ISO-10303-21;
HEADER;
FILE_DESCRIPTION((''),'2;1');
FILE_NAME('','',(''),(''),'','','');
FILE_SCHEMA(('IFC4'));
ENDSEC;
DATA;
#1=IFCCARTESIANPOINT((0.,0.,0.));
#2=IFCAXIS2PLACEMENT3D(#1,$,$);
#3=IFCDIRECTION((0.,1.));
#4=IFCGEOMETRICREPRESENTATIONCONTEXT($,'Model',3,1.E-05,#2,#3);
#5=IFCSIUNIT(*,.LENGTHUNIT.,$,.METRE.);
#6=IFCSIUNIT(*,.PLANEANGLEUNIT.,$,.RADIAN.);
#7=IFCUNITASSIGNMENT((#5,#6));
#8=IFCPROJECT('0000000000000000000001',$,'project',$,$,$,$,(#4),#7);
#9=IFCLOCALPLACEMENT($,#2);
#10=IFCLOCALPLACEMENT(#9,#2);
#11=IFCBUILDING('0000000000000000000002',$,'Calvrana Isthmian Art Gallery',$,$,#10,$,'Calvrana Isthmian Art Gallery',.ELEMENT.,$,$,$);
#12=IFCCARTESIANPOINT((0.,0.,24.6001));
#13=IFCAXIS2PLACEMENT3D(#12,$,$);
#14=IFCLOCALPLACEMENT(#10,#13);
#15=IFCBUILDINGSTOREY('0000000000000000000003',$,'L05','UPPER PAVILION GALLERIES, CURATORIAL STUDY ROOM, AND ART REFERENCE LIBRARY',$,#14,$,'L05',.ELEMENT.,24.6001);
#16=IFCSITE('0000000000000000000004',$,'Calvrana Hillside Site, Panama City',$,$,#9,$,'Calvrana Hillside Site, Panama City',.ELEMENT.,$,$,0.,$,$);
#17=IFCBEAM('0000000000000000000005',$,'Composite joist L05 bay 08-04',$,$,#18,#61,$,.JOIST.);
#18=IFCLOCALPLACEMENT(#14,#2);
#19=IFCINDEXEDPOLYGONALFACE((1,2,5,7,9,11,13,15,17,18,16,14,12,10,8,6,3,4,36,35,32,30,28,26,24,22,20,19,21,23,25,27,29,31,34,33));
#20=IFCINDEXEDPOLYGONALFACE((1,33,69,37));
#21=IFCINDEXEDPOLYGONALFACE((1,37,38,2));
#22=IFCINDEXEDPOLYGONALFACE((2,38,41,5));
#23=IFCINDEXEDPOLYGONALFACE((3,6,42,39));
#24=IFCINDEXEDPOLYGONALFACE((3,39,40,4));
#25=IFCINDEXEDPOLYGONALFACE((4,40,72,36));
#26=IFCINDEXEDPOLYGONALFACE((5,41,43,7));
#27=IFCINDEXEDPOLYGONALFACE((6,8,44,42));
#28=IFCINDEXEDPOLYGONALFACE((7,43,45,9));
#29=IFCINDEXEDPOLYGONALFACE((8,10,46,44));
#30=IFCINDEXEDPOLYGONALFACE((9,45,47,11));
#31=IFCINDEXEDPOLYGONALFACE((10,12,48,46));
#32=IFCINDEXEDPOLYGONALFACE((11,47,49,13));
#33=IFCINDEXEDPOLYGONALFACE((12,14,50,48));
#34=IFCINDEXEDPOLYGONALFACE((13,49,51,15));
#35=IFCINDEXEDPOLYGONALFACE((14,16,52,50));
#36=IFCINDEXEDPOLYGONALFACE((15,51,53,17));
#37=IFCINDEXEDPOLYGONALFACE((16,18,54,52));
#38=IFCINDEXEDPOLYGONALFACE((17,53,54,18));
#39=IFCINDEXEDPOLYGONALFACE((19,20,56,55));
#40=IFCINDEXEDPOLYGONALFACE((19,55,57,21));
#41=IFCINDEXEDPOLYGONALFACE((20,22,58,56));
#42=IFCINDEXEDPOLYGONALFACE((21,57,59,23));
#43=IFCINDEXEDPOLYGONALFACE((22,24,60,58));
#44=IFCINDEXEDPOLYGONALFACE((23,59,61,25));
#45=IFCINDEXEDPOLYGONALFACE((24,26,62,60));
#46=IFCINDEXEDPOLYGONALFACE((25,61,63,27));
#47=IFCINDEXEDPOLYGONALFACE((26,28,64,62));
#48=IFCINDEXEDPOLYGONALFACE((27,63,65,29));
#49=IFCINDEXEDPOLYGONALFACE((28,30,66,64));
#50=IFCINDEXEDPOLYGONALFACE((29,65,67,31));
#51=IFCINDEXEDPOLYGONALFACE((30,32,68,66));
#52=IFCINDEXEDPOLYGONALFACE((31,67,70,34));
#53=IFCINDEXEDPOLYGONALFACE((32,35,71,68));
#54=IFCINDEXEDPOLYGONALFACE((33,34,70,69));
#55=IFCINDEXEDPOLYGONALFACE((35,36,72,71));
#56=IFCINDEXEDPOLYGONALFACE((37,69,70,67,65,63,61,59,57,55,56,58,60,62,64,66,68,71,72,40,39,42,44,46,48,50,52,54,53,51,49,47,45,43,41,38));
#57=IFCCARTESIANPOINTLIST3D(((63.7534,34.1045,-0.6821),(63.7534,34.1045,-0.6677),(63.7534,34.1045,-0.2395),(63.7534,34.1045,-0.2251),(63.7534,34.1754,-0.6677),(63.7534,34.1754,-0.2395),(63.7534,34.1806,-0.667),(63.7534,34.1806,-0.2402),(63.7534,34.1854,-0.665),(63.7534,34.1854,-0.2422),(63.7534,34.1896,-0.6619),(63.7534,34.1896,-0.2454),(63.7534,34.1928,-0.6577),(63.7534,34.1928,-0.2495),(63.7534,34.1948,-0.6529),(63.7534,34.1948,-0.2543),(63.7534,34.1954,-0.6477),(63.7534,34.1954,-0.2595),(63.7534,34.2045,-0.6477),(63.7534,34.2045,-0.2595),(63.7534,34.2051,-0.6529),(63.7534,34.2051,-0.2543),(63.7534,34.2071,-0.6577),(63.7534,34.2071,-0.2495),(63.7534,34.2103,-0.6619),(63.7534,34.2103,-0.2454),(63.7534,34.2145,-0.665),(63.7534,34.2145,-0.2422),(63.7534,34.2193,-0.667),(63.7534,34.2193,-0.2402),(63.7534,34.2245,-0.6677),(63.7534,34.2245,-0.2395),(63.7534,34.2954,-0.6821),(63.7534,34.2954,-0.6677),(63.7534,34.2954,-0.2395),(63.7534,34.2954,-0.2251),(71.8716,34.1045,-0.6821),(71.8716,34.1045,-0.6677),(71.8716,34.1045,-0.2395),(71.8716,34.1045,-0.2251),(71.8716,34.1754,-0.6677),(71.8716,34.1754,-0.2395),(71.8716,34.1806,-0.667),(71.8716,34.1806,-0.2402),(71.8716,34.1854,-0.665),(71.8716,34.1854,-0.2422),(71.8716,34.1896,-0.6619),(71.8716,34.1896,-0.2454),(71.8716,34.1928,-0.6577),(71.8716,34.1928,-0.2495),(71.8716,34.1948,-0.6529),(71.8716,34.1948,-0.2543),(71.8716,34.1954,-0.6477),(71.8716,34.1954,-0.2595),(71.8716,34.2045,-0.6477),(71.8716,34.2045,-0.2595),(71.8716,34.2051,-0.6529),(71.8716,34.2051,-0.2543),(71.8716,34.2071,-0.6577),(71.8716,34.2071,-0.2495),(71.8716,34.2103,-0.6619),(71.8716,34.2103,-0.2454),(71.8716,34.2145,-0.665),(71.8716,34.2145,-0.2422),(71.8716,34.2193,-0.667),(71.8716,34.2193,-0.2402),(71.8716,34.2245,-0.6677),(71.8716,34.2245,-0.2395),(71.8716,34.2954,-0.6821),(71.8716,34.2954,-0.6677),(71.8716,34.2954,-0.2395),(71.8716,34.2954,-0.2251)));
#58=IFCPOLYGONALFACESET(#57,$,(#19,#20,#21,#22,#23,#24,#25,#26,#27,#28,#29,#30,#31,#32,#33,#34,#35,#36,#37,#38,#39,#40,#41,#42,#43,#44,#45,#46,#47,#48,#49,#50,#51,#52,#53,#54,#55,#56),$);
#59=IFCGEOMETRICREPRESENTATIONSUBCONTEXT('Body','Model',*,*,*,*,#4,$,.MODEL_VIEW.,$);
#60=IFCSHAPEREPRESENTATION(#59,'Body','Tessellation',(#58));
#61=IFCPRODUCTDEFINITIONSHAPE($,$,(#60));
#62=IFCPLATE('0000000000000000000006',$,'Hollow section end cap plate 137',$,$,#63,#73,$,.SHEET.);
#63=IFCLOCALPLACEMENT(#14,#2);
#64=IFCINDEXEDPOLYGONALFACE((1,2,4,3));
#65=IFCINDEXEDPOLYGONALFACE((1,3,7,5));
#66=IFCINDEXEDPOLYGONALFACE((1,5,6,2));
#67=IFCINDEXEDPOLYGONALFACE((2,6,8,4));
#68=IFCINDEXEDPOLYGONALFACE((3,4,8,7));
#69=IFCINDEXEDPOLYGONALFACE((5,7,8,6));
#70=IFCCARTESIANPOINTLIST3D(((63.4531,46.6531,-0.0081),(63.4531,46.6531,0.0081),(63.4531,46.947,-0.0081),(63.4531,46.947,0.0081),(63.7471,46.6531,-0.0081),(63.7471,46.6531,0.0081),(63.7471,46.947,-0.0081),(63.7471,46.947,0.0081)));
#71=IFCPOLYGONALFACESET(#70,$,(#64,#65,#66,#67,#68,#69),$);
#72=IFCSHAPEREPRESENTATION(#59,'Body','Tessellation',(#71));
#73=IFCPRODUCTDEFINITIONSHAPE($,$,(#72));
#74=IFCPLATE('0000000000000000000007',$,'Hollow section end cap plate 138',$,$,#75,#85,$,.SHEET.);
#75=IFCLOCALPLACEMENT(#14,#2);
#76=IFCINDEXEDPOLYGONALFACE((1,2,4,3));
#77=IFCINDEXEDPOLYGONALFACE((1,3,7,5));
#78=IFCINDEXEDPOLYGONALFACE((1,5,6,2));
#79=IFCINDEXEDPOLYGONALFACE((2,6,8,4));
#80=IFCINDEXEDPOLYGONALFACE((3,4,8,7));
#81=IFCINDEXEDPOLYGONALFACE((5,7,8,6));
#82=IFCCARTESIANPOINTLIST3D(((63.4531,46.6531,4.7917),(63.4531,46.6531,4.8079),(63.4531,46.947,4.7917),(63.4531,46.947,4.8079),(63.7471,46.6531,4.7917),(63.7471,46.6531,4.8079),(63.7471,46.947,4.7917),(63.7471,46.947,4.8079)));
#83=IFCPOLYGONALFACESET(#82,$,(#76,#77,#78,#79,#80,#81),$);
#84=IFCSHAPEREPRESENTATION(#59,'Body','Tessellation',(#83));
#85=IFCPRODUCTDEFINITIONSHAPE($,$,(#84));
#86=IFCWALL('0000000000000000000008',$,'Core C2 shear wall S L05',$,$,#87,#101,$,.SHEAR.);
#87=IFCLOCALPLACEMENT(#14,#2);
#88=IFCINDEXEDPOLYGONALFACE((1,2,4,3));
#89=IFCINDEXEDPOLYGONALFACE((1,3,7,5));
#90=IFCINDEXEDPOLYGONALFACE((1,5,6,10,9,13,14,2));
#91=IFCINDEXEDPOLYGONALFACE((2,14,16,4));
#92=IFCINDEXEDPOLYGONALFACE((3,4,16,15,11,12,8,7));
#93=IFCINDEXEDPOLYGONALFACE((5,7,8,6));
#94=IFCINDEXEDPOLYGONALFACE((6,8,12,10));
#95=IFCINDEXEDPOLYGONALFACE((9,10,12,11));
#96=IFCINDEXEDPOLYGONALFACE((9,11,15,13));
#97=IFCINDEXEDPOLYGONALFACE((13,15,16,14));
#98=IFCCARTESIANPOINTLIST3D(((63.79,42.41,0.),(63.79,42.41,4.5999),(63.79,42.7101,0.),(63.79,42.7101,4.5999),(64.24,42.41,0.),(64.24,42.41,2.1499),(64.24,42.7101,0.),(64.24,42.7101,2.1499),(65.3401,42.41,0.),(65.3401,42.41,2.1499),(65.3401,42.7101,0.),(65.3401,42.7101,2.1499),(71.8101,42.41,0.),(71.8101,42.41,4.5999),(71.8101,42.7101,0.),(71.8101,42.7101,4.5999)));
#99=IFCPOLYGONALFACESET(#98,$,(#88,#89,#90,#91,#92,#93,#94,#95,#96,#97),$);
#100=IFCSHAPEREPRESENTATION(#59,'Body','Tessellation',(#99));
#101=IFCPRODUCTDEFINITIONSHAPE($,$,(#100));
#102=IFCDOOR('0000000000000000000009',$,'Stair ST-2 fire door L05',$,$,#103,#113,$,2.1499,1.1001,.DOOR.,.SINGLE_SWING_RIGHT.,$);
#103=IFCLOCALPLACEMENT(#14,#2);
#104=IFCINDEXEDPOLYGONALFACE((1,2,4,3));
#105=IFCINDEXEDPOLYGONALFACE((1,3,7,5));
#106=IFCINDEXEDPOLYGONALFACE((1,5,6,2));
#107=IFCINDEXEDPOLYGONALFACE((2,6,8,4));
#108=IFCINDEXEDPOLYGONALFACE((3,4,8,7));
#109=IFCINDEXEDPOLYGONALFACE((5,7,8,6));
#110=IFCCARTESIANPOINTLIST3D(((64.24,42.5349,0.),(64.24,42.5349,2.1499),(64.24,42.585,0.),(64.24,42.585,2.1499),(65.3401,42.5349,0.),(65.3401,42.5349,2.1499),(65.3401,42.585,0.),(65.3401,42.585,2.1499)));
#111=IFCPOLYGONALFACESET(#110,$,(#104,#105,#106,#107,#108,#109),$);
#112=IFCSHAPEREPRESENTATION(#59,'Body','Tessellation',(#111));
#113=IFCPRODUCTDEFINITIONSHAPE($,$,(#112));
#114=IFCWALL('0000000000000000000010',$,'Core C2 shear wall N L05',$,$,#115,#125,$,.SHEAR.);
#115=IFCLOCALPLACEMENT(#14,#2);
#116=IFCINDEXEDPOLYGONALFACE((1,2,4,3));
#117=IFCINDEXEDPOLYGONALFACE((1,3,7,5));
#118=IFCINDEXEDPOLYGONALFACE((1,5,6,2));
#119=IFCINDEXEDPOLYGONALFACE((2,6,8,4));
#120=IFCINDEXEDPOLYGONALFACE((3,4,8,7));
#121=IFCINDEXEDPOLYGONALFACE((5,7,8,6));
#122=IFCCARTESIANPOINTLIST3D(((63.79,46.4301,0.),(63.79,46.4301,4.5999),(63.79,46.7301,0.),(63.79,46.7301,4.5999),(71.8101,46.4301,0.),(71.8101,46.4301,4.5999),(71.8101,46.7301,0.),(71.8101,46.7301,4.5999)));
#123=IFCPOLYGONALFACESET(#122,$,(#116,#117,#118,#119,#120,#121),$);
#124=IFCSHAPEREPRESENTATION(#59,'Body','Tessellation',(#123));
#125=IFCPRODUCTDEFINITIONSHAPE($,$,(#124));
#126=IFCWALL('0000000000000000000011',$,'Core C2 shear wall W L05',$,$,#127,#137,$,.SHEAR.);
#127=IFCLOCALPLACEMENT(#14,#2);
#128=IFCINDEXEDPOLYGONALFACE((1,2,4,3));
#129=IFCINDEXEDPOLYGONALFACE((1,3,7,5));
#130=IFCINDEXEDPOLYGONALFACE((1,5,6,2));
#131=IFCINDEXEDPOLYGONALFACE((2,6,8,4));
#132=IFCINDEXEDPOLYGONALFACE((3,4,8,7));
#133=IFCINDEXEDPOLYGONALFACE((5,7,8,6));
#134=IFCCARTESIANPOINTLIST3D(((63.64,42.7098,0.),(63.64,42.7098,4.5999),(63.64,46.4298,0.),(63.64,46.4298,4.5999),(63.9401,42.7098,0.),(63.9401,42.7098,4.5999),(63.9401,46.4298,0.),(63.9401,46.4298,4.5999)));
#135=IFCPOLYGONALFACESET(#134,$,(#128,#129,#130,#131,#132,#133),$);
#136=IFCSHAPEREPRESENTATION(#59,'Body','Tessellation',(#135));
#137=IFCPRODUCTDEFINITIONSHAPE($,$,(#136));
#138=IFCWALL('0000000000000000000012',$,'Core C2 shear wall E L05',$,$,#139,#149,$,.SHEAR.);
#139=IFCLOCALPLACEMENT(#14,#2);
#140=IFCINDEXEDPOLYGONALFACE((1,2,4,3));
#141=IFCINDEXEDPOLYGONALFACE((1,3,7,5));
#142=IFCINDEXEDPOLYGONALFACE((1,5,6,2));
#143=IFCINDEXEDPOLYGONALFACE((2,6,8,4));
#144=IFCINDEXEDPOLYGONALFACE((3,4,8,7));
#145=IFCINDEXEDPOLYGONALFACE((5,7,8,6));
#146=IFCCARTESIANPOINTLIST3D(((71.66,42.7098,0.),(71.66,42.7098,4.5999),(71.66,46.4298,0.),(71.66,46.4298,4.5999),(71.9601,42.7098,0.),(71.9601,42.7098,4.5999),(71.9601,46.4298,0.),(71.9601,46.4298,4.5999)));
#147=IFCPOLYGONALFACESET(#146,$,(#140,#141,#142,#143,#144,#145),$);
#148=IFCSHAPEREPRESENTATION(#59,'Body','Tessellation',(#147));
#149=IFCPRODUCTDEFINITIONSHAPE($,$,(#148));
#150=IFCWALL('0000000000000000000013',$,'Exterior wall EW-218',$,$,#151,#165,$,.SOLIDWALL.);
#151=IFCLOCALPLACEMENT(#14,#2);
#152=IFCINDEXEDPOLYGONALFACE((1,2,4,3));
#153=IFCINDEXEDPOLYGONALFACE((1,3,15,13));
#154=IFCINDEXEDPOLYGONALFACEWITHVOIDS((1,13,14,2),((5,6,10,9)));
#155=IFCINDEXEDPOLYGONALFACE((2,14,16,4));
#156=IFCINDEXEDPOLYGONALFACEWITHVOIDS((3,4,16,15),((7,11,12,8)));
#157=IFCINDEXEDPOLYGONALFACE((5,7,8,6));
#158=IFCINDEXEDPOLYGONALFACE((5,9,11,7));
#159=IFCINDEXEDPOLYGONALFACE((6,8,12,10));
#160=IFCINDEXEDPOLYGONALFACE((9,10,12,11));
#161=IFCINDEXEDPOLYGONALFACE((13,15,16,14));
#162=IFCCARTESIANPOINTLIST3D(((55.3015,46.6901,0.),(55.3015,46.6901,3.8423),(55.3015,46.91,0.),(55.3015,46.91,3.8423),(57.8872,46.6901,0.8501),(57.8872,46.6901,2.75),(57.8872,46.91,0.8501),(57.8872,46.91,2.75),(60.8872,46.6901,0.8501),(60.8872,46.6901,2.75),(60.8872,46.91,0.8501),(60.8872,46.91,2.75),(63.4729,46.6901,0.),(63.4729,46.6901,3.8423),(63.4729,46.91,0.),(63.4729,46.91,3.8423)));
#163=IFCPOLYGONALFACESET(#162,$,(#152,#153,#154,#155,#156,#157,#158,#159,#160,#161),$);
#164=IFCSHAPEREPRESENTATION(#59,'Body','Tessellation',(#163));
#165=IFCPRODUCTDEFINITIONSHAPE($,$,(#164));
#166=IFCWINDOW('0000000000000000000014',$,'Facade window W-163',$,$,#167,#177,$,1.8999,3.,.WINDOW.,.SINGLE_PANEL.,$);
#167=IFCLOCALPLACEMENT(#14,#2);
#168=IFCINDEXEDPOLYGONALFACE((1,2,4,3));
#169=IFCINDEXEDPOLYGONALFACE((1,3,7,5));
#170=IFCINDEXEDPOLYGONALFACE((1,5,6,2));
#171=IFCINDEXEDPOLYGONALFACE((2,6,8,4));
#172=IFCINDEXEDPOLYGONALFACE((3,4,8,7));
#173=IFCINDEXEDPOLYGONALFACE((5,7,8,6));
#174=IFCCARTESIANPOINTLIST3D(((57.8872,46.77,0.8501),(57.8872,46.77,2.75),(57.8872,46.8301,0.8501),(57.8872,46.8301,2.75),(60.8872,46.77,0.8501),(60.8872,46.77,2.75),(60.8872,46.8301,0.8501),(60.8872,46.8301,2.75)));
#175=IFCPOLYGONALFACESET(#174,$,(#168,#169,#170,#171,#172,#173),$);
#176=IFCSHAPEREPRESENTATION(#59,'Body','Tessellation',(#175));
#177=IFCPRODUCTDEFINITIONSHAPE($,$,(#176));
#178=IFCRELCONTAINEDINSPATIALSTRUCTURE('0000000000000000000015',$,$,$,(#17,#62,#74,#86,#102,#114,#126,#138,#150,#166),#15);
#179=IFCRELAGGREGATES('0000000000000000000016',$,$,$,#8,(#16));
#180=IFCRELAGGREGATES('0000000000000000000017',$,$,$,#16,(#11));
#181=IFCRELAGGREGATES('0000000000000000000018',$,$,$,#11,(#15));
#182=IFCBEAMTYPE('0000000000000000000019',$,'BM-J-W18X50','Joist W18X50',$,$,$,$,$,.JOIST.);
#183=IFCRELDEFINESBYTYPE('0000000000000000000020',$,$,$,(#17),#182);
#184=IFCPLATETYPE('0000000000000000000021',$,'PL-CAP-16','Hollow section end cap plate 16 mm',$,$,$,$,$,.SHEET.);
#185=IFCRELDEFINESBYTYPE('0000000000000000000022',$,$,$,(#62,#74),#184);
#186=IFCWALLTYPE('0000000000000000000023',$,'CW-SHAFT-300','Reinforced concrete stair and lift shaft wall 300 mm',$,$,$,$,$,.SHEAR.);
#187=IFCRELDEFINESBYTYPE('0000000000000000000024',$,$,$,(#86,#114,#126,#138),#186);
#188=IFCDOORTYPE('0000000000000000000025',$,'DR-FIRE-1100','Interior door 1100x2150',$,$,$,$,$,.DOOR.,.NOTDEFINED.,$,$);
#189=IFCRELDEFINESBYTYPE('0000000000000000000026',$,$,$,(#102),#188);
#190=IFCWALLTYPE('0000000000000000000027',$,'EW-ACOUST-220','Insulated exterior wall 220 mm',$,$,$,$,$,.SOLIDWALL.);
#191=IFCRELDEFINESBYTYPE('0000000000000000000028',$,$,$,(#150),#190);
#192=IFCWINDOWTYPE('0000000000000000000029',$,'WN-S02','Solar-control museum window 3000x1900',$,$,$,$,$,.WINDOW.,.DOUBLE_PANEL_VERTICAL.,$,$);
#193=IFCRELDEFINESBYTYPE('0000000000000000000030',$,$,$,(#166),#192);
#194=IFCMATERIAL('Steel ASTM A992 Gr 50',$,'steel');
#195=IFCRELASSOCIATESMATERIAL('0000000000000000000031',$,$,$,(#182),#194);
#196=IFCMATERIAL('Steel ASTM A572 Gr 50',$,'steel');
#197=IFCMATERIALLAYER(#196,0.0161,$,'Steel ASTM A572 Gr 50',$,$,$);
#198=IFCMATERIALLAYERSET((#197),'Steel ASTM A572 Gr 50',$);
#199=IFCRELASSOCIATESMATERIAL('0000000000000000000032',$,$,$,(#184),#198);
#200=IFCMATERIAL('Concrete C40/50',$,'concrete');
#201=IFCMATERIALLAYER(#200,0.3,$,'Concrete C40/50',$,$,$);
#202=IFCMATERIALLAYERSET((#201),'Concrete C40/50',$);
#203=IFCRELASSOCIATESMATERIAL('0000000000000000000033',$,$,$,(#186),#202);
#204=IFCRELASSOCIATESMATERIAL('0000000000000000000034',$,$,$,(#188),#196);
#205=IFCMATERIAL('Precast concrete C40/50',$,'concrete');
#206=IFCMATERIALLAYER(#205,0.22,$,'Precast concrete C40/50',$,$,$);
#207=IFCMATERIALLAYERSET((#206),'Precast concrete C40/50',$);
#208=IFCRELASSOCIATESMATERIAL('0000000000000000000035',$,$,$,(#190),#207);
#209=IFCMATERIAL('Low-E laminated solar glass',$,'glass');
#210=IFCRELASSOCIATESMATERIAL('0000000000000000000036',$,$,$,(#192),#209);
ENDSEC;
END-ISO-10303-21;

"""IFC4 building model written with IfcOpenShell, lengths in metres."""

from ifc_helpers import new_model, si_unit, direction, frame, frame_2d, origin, origin_2d, place, context, subcontext, project, spatial, rectangle, i_section, extrude, material, layer, layer_set, material_profile, profile_set, type_object, element, fill, save


model = new_model("IFC4")

# Units and contexts
model_context = context("Model", 3, precision=1e-05, world=origin(), true_north=direction((0.0, 1.0)))
body_context = subcontext(model_context, "Body", "Model", "MODEL_VIEW")
ifc_project = project(units=[si_unit("LENGTHUNIT", "METRE"), si_unit("PLANEANGLEUNIT", "RADIAN")], contexts=[model_context])

# Site, building, storey
site_placement = place(None, origin())
site = spatial("IfcSite", under=ifc_project, at=site_placement, Name="Calvrana Hillside Site, Panama City", LongName="Calvrana Hillside Site, Panama City", CompositionType="ELEMENT", RefElevation=0.0)
building_placement = place(site_placement, origin())
building = spatial("IfcBuilding", under=site, at=building_placement, Name="Calvrana Isthmian Art Gallery", LongName="Calvrana Isthmian Art Gallery", CompositionType="ELEMENT")
storey_placement = place(building_placement, frame((0.0, 0.0, 24.6001)))
storey = spatial("IfcBuildingStorey", under=building, at=storey_placement, Name="L05", Description="UPPER PAVILION GALLERIES, CURATORIAL STUDY ROOM, AND ART REFERENCE LIBRARY", LongName="L05", CompositionType="ELEMENT", Elevation=24.6001)

# Beam
ifc_material_1 = material(Name="Steel ASTM A992 Gr 50", Category="steel")
ifc_material_profile_1 = material_profile(ifc_material_1, i_section(OverallWidth=0.1909, OverallDepth=0.457, WebThickness=0.009, FlangeThickness=0.0144, FilletRadius=0.02, at=origin_2d()), Name="W18X50")
ifc_profile_set_1 = profile_set([ifc_material_profile_1], Name="Steel ASTM A992 Gr 50")
beam_type_1 = type_object("IfcBeamType", Name="BM-J-W18X50", Description="Joist W18X50", PredefinedType="JOIST", material=ifc_profile_set_1)
beam_1_placement = place(storey_placement, frame((63.7534, 34.2, -0.4536), z_axis=(1.0, 0.0, 0.0), x_axis=(0.0, 1.0, 0.0)))
element("IfcBeam", 1, at=beam_1_placement, inside=storey, type_object=beam_type_1, Name="Composite joist L05 bay 08-04", PredefinedType="JOIST", context=body_context, shape_type="SweptSolid", body=[
    extrude(i_section(OverallWidth=0.1909, OverallDepth=0.457, WebThickness=0.009, FlangeThickness=0.0144, FilletRadius=0.02, at=origin_2d()), origin(), (0.0, 0.0, 1.0), 8.1182),
])

# Plates
ifc_material_2 = material(Name="Steel ASTM A572 Gr 50", Category="steel")
ifc_layer_1 = layer(ifc_material_2, 0.0161, Name="Steel ASTM A572 Gr 50")
ifc_layer_set_1 = layer_set([ifc_layer_1], Name="Steel ASTM A572 Gr 50")
plate_type = type_object("IfcPlateType", Name="PL-CAP-16", Description="Hollow section end cap plate 16 mm", PredefinedType="SHEET", material=ifc_layer_set_1)
for number, where, z_axis, x_axis, name in (
    (2, (63.6001, 46.8, -0.0081), (0.0, 0.0, 1.0), (1.0, 0.0, 0.0), "Hollow section end cap plate 137"),
    (3, (63.6001, 46.8, 4.7917), (0.0, 0.0, 1.0), (1.0, 0.0, 0.0), "Hollow section end cap plate 138"),
):
    element("IfcPlate", number, at=place(storey_placement, frame(where, z_axis=z_axis, x_axis=x_axis)), inside=storey, type_object=plate_type, Name=name, PredefinedType="SHEET", context=body_context, shape_type="SweptSolid", body=[
        extrude(rectangle(XDim=0.2939, YDim=0.2939, at=origin_2d()), origin(), (0.0, 0.0, 1.0), 0.0161),
    ])

# Wall, opening, door
ifc_material_3 = material(Name="Concrete C40/50", Category="concrete")
ifc_layer_2 = layer(ifc_material_3, 0.3, Name="Concrete C40/50")
ifc_layer_set_2 = layer_set([ifc_layer_2], Name="Concrete C40/50")
wall_type_1 = type_object("IfcWallType", Name="CW-SHAFT-300", Description="Reinforced concrete stair and lift shaft wall 300 mm", PredefinedType="SHEAR", material=ifc_layer_set_2)
wall_1_placement = place(storey_placement, frame((63.79, 42.5601, 0.0), z_axis=(0.0, 0.0, 1.0), x_axis=(1.0, 0.0, 0.0)))
wall_1 = element("IfcWall", 4, at=wall_1_placement, inside=storey, type_object=wall_type_1, Name="Core C2 shear wall S L05", PredefinedType="SHEAR", context=body_context, shape_type="SweptSolid", body=[
    extrude(rectangle(XDim=8.02, YDim=0.3, at=frame_2d((4.01, 0.0))), origin(), (0.0, 0.0, 1.0), 4.5999),
])
opening_1_placement = place(wall_1_placement, frame((0.45, 0.0, 0.0)))
opening_1 = element("IfcOpeningElement", 5, at=opening_1_placement, cuts=wall_1, PredefinedType="OPENING", context=body_context, shape_type="SweptSolid", body=[
    extrude(rectangle(XDim=1.1001, YDim=2.1499, at=frame_2d((0.55, 1.075))), frame((0.0, 0.1602, 0.0), z_axis=(0.0, -1.0, 0.0), x_axis=(1.0, 0.0, 0.0)), (0.0, 0.0, 1.0), 0.3206),
])
door_type_1 = type_object("IfcDoorType", Name="DR-FIRE-1100", Description="Interior door 1100x2150", OperationType="NOTDEFINED", PredefinedType="DOOR", material=ifc_material_2)
door_1_placement = place(opening_1_placement, origin())
door_1 = element("IfcDoor", 6, at=door_1_placement, inside=storey, type_object=door_type_1, Name="Stair ST-2 fire door L05", OperationType="SINGLE_SWING_RIGHT", OverallHeight=2.1499, OverallWidth=1.1001, PredefinedType="DOOR", context=body_context, shape_type="SweptSolid", body=[
    extrude(rectangle(XDim=1.1001, YDim=2.1499, at=frame_2d((0.55, 1.075))), frame((0.0, 0.0249, 0.0), z_axis=(0.0, -1.0, 0.0), x_axis=(1.0, 0.0, 0.0)), (0.0, 0.0, 1.0), 0.05),
])
fill(opening_1, door_1)

# Walls
wall_2_placement = place(storey_placement, frame((63.79, 46.5801, 0.0), z_axis=(0.0, 0.0, 1.0), x_axis=(1.0, 0.0, 0.0)))
element("IfcWall", 7, at=wall_2_placement, inside=storey, type_object=wall_type_1, Name="Core C2 shear wall N L05", PredefinedType="SHEAR", context=body_context, shape_type="SweptSolid", body=[
    extrude(rectangle(XDim=8.02, YDim=0.3, at=frame_2d((4.01, 0.0))), origin(), (0.0, 0.0, 1.0), 4.5999),
])
for number, where, z_axis, x_axis, name in (
    (8, (63.79, 42.71, 0.0), (0.0, 0.0, 1.0), (0.0, 1.0, 0.0), "Core C2 shear wall W L05"),
    (9, (71.8101, 42.71, 0.0), (0.0, 0.0, 1.0), (0.0, 1.0, 0.0), "Core C2 shear wall E L05"),
):
    element("IfcWall", number, at=place(storey_placement, frame(where, z_axis=z_axis, x_axis=x_axis)), inside=storey, type_object=wall_type_1, Name=name, PredefinedType="SHEAR", context=body_context, shape_type="SweptSolid", body=[
        extrude(rectangle(XDim=3.72, YDim=0.3, at=frame_2d((1.8599, 0.0))), origin(), (0.0, 0.0, 1.0), 4.5999),
    ])

# Wall, opening, window
ifc_material_4 = material(Name="Precast concrete C40/50", Category="concrete")
ifc_layer_3 = layer(ifc_material_4, 0.22, Name="Precast concrete C40/50")
ifc_layer_set_3 = layer_set([ifc_layer_3], Name="Precast concrete C40/50")
wall_type_2 = type_object("IfcWallType", Name="EW-ACOUST-220", Description="Insulated exterior wall 220 mm", PredefinedType="SOLIDWALL", material=ifc_layer_set_3)
wall_3_placement = place(storey_placement, frame((55.3015, 46.8, 0.0), z_axis=(0.0, 0.0, 1.0), x_axis=(1.0, 0.0, 0.0)))
wall_3 = element("IfcWall", 10, at=wall_3_placement, inside=storey, type_object=wall_type_2, Name="Exterior wall EW-218", PredefinedType="SOLIDWALL", context=body_context, shape_type="SweptSolid", body=[
    extrude(rectangle(XDim=8.1714, YDim=0.22, at=frame_2d((4.0857, 0.0))), origin(), (0.0, 0.0, 1.0), 3.8423),
])
opening_2_placement = place(wall_3_placement, frame((2.5857, 0.0, 0.8501)))
opening_2 = element("IfcOpeningElement", 11, at=opening_2_placement, cuts=wall_3, PredefinedType="OPENING", context=body_context, shape_type="SweptSolid", body=[
    extrude(rectangle(XDim=3.0, YDim=1.8999, at=frame_2d((1.5, 0.95))), frame((0.0, 0.1201, 0.0), z_axis=(0.0, -1.0, 0.0), x_axis=(1.0, 0.0, 0.0)), (0.0, 0.0, 1.0), 0.2405),
])
ifc_material_5 = material(Name="Low-E laminated solar glass", Category="glass")
window_type_1 = type_object("IfcWindowType", Name="WN-S02", Description="Solar-control museum window 3000x1900", PartitioningType="DOUBLE_PANEL_VERTICAL", PredefinedType="WINDOW", material=ifc_material_5)
window_1_placement = place(opening_2_placement, origin())
window_1 = element("IfcWindow", 12, at=window_1_placement, inside=storey, type_object=window_type_1, Name="Facade window W-163", OverallHeight=1.8999, OverallWidth=3.0, PartitioningType="SINGLE_PANEL", PredefinedType="WINDOW", context=body_context, shape_type="SweptSolid", body=[
    extrude(rectangle(XDim=3.0, YDim=1.8999, at=frame_2d((1.5, 0.95))), frame((0.0, 0.03, 0.0), z_axis=(0.0, -1.0, 0.0), x_axis=(1.0, 0.0, 0.0)), (0.0, 0.0, 1.0), 0.0601),
])
fill(opening_2, window_1)

save(model, "model.ifc")
